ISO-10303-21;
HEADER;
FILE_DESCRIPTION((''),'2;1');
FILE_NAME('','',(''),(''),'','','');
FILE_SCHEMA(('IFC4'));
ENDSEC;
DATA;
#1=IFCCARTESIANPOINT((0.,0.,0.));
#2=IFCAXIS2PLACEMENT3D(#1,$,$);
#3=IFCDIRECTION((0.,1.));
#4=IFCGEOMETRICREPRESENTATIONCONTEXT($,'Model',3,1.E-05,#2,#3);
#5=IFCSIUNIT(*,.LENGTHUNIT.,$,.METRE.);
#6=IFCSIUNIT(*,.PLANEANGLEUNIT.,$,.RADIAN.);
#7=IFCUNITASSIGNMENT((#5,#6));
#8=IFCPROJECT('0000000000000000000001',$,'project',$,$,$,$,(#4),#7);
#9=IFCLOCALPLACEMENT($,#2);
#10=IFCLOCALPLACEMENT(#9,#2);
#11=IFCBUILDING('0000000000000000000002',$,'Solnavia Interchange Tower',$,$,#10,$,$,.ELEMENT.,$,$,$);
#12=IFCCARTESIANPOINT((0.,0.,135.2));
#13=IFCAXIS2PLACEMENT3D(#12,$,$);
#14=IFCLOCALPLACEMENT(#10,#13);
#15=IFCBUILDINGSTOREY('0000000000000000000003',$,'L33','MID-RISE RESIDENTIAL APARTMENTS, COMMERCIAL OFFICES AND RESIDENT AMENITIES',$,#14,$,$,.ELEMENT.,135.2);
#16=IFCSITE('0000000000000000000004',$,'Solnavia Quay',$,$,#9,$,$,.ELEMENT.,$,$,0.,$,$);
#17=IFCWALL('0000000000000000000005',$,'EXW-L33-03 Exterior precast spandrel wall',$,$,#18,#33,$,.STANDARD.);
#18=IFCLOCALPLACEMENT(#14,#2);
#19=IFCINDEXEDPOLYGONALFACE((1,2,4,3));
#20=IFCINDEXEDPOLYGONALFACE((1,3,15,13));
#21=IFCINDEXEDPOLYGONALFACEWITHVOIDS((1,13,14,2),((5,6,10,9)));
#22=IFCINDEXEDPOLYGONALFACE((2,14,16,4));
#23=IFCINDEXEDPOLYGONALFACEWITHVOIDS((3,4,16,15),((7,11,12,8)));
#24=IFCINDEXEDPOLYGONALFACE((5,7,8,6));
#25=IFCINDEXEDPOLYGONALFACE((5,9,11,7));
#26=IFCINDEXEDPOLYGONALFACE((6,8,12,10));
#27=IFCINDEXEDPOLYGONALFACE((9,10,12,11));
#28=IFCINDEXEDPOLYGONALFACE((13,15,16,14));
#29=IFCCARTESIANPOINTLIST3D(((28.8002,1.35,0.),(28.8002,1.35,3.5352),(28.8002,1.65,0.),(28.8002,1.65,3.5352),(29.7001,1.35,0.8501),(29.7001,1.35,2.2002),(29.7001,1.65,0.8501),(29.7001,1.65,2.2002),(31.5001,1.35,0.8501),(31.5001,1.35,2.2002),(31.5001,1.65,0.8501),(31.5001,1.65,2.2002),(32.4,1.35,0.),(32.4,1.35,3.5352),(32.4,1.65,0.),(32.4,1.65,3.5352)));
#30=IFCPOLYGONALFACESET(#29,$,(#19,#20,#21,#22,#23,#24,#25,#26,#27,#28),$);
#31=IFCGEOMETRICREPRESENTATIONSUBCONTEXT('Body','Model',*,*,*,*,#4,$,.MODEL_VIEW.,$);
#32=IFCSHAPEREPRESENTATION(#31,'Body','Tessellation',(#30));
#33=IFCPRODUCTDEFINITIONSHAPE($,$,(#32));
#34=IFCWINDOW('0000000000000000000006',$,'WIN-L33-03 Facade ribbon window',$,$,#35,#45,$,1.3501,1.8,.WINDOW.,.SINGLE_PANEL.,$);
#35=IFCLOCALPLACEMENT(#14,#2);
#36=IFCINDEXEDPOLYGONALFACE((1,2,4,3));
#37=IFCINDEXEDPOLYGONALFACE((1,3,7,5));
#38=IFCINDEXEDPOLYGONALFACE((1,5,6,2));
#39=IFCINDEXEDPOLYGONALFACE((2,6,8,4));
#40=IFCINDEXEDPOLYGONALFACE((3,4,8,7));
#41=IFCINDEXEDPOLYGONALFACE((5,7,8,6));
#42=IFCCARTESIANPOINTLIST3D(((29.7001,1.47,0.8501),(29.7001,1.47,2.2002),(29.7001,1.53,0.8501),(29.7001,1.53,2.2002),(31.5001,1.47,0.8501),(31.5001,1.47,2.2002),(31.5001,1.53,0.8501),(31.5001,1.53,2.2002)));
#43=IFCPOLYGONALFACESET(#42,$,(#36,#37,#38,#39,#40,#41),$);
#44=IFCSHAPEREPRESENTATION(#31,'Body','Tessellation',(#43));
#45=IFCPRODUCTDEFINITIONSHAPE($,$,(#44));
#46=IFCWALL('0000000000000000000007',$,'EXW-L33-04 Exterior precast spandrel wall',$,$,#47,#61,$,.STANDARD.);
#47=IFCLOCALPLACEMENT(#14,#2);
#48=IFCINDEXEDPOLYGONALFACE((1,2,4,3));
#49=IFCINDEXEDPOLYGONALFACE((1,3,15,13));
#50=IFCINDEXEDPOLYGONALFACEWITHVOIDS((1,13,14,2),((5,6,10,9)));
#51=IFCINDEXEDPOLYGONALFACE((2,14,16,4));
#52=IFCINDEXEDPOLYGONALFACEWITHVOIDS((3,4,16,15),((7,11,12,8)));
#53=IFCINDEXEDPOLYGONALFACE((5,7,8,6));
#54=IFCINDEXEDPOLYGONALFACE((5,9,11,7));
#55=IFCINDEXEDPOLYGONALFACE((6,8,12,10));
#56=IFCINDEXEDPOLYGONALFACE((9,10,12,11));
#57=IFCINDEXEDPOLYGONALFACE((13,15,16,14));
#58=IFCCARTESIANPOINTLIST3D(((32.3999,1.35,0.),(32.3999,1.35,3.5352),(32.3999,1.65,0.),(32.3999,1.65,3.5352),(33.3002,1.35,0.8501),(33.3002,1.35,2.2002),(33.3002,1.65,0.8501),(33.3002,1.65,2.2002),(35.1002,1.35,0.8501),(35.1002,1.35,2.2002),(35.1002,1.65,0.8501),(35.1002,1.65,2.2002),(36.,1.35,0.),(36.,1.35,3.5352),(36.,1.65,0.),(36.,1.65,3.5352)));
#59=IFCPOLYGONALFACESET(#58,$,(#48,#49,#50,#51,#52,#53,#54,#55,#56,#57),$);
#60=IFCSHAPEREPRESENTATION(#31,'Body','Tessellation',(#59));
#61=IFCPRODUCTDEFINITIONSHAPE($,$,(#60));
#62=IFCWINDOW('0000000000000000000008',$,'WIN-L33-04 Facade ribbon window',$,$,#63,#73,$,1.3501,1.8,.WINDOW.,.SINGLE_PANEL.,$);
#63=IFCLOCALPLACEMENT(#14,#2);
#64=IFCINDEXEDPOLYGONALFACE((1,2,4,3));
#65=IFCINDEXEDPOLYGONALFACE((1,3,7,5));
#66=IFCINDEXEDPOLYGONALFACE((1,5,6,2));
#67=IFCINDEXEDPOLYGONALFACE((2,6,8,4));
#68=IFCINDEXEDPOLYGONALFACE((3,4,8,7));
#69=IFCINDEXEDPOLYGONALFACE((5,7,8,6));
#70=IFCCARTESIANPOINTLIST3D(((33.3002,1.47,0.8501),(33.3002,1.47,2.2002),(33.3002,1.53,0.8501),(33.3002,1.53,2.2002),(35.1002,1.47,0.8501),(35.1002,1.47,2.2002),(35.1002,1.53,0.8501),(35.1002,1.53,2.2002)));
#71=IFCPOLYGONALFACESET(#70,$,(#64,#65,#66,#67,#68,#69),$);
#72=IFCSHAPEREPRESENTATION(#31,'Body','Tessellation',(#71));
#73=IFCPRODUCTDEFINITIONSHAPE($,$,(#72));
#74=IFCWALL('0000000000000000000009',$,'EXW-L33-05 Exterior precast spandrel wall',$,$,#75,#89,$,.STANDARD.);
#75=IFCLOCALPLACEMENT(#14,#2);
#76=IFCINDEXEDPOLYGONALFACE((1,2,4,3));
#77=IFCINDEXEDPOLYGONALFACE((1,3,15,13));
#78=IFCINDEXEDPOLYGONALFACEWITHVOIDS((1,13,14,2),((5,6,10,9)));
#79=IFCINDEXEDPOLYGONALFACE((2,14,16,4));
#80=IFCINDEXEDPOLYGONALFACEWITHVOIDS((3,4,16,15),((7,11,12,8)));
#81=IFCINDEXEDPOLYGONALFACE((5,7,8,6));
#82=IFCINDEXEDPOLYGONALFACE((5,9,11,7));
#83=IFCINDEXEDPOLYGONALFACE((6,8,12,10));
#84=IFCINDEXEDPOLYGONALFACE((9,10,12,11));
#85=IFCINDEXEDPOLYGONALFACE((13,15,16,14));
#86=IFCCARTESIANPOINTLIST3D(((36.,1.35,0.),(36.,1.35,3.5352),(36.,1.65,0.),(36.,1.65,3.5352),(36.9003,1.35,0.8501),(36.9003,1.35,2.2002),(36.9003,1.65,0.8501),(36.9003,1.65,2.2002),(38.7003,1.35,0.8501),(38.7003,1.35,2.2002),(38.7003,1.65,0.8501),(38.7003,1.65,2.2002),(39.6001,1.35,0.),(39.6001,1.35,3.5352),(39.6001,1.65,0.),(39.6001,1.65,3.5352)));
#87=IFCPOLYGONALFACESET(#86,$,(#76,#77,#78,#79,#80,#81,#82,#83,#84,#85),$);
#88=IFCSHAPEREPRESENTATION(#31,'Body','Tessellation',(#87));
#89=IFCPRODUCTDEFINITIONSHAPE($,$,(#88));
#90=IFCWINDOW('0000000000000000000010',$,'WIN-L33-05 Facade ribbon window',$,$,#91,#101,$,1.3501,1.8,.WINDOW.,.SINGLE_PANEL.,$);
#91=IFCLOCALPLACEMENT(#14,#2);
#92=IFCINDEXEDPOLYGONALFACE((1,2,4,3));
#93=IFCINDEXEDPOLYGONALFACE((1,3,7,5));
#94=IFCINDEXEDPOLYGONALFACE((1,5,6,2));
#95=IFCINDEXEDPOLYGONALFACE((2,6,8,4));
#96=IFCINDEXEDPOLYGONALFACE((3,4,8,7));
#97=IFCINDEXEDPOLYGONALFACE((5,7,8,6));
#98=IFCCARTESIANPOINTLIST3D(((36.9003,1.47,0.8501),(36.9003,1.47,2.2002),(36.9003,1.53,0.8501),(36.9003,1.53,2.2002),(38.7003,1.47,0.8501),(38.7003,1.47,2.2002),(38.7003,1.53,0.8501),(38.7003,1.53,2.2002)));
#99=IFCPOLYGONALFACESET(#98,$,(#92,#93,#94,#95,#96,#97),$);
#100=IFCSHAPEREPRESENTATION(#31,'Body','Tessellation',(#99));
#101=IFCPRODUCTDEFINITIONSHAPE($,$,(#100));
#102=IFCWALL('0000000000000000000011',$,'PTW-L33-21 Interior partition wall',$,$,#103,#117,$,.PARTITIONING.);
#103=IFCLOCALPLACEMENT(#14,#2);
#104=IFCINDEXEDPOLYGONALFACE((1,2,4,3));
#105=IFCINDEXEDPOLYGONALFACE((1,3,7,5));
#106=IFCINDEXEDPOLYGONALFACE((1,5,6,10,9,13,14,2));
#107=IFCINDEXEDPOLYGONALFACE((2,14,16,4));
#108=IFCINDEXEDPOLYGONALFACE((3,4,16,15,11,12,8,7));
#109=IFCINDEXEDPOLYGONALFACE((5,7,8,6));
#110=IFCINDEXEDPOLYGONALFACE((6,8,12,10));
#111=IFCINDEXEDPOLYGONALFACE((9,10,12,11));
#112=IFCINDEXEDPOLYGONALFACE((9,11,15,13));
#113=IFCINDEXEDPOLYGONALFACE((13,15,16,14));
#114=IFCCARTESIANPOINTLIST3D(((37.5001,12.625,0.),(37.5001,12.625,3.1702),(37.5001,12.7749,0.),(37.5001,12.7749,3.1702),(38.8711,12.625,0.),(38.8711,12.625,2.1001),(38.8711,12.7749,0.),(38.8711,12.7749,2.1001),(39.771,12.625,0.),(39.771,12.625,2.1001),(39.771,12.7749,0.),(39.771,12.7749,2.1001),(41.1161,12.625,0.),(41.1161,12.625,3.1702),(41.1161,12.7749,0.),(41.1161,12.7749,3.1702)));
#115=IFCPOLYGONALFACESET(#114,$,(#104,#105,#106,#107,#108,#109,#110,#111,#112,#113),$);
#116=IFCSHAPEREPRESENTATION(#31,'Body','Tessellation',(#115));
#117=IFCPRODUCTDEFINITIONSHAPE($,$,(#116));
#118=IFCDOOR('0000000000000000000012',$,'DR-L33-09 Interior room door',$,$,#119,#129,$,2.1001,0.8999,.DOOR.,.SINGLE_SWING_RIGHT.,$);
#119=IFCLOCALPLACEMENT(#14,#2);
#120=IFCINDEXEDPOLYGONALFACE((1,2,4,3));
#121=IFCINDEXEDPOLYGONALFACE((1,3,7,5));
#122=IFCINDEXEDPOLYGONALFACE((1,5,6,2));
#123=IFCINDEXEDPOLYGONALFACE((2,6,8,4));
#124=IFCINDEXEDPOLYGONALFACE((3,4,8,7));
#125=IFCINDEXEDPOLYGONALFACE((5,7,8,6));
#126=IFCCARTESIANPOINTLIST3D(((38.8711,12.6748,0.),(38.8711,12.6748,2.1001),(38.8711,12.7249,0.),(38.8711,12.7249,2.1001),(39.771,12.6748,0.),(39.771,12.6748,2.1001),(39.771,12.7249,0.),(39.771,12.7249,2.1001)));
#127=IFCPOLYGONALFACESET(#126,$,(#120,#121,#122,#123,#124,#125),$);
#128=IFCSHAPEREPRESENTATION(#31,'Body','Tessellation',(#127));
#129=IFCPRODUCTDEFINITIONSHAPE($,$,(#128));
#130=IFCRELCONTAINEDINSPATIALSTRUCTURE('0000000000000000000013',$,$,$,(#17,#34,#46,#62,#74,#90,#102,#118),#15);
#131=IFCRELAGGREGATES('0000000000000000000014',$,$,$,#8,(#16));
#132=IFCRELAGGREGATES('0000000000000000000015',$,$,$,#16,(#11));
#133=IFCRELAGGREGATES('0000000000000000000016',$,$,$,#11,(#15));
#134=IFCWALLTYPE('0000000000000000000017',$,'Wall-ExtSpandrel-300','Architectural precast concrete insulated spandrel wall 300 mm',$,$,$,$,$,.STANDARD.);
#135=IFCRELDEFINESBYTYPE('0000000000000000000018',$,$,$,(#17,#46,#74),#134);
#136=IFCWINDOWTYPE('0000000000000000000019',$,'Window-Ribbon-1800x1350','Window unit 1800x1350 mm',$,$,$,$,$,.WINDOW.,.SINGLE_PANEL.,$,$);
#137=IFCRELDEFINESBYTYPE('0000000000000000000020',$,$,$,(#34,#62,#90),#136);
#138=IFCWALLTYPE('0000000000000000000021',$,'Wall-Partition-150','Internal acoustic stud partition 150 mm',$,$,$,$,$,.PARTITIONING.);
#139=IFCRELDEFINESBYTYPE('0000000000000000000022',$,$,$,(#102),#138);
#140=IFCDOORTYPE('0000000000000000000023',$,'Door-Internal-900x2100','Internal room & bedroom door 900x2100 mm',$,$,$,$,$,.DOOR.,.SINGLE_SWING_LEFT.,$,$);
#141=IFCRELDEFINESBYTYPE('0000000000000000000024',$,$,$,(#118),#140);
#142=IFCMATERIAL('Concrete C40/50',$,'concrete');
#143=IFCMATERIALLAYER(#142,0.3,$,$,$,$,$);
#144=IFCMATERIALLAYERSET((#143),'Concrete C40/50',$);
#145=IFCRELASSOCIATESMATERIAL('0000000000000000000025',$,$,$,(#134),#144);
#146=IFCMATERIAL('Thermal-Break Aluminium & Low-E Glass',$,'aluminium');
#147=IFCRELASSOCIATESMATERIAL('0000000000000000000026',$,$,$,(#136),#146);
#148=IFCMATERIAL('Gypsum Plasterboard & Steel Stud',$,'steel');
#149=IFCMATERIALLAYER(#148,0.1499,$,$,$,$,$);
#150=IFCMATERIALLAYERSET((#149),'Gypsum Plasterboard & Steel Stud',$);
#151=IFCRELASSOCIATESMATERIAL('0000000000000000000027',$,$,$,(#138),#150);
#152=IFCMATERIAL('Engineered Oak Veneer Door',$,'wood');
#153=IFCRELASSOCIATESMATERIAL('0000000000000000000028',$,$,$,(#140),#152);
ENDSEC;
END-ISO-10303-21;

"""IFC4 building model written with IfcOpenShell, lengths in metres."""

from ifc_helpers import new_model, si_unit, direction, frame, frame_2d, origin, place, context, subcontext, project, spatial, rectangle, extrude, material, layer, layer_set, type_object, element, fill, save


model = new_model("IFC4")

# Units and contexts
model_context = context("Model", 3, precision=1e-05, world=origin(), true_north=direction((0.0, 1.0)))
body_context = subcontext(model_context, "Body", "Model", "MODEL_VIEW")
ifc_project = project(units=[si_unit("LENGTHUNIT", "METRE"), si_unit("PLANEANGLEUNIT", "RADIAN")], contexts=[model_context])

# Site, building, storey
site_placement = place(None, origin())
site = spatial("IfcSite", under=ifc_project, at=site_placement, Name="Solnavia Quay", CompositionType="ELEMENT", RefElevation=0.0)
building_placement = place(site_placement, origin())
building = spatial("IfcBuilding", under=site, at=building_placement, Name="Solnavia Interchange Tower", CompositionType="ELEMENT")
storey_placement = place(building_placement, frame((0.0, 0.0, 135.2)))
storey = spatial("IfcBuildingStorey", under=building, at=storey_placement, Name="L33", Description="MID-RISE RESIDENTIAL APARTMENTS, COMMERCIAL OFFICES AND RESIDENT AMENITIES", CompositionType="ELEMENT", Elevation=135.2)

# Walls, openings, windows
ifc_material_1 = material(Name="Concrete C40/50", Category="concrete")
ifc_layer_1 = layer(ifc_material_1, 0.3)
ifc_layer_set_1 = layer_set([ifc_layer_1], Name="Concrete C40/50")
wall_type_1 = type_object("IfcWallType", Name="Wall-ExtSpandrel-300", Description="Architectural precast concrete insulated spandrel wall 300 mm", PredefinedType="STANDARD", material=ifc_layer_set_1)
wall_1_placement = place(storey_placement, frame((32.3999, 1.5, 0.0), z_axis=(0.0, 0.0, 1.0), x_axis=(-1.0, 0.0, 0.0)))
wall_1 = element("IfcWall", 1, at=wall_1_placement, inside=storey, type_object=wall_type_1, Name="EXW-L33-03 Exterior precast spandrel wall", PredefinedType="STANDARD", context=body_context, shape_type="SweptSolid", body=[
    extrude(rectangle(XDim=3.5999, YDim=0.3, at=frame_2d((1.7998, 0.0))), origin(), (0.0, 0.0, 1.0), 3.5352),
])
opening_1_placement = place(wall_1_placement, frame((0.8999, 0.0, 0.8501)))
opening_1 = element("IfcOpeningElement", 2, at=opening_1_placement, cuts=wall_1, PredefinedType="OPENING", context=body_context, shape_type="SweptSolid", body=[
    extrude(rectangle(XDim=1.8, YDim=1.3501, at=frame_2d((0.8999, 0.675))), frame((0.0, 0.1602, 0.0), z_axis=(0.0, -1.0, 0.0), x_axis=(1.0, 0.0, 0.0)), (0.0, 0.0, 1.0), 0.3201),
])
ifc_material_2 = material(Name="Thermal-Break Aluminium & Low-E Glass", Category="aluminium")
window_type = type_object("IfcWindowType", Name="Window-Ribbon-1800x1350", Description="Window unit 1800x1350 mm", PartitioningType="SINGLE_PANEL", PredefinedType="WINDOW", material=ifc_material_2)
window_1_placement = place(opening_1_placement, origin())
window_1 = element("IfcWindow", 3, at=window_1_placement, inside=storey, type_object=window_type, Name="WIN-L33-03 Facade ribbon window", OverallHeight=1.3501, OverallWidth=1.8, PartitioningType="SINGLE_PANEL", PredefinedType="WINDOW", context=body_context, shape_type="SweptSolid", body=[
    extrude(rectangle(XDim=1.8, YDim=1.3501, at=frame_2d((0.8999, 0.675))), frame((0.0, 0.03, 0.0), z_axis=(0.0, -1.0, 0.0), x_axis=(1.0, 0.0, 0.0)), (0.0, 0.0, 1.0), 0.0601),
])
fill(opening_1, window_1)
wall_2_placement = place(storey_placement, frame((36.0, 1.5, 0.0), z_axis=(0.0, 0.0, 1.0), x_axis=(-1.0, 0.0, 0.0)))
wall_2 = element("IfcWall", 4, at=wall_2_placement, inside=storey, type_object=wall_type_1, Name="EXW-L33-04 Exterior precast spandrel wall", PredefinedType="STANDARD", context=body_context, shape_type="SweptSolid", body=[
    extrude(rectangle(XDim=3.6001, YDim=0.3, at=frame_2d((1.8, 0.0))), origin(), (0.0, 0.0, 1.0), 3.5352),
])
opening_2_placement = place(wall_2_placement, frame((0.8999, 0.0, 0.8501)))
opening_2 = element("IfcOpeningElement", 5, at=opening_2_placement, cuts=wall_2, PredefinedType="OPENING", context=body_context, shape_type="SweptSolid", body=[
    extrude(rectangle(XDim=1.8, YDim=1.3501, at=frame_2d((0.8999, 0.675))), frame((0.0, 0.1602, 0.0), z_axis=(0.0, -1.0, 0.0), x_axis=(1.0, 0.0, 0.0)), (0.0, 0.0, 1.0), 0.3201),
])
window_2_placement = place(opening_2_placement, origin())
window_2 = element("IfcWindow", 6, at=window_2_placement, inside=storey, type_object=window_type, Name="WIN-L33-04 Facade ribbon window", OverallHeight=1.3501, OverallWidth=1.8, PartitioningType="SINGLE_PANEL", PredefinedType="WINDOW", context=body_context, shape_type="SweptSolid", body=[
    extrude(rectangle(XDim=1.8, YDim=1.3501, at=frame_2d((0.8999, 0.675))), frame((0.0, 0.03, 0.0), z_axis=(0.0, -1.0, 0.0), x_axis=(1.0, 0.0, 0.0)), (0.0, 0.0, 1.0), 0.0601),
])
fill(opening_2, window_2)
wall_3_placement = place(storey_placement, frame((39.6001, 1.5, 0.0), z_axis=(0.0, 0.0, 1.0), x_axis=(-1.0, 0.0, 0.0)))
wall_3 = element("IfcWall", 7, at=wall_3_placement, inside=storey, type_object=wall_type_1, Name="EXW-L33-05 Exterior precast spandrel wall", PredefinedType="STANDARD", context=body_context, shape_type="SweptSolid", body=[
    extrude(rectangle(XDim=3.6001, YDim=0.3, at=frame_2d((1.8, 0.0))), origin(), (0.0, 0.0, 1.0), 3.5352),
])
opening_3_placement = place(wall_3_placement, frame((0.8999, 0.0, 0.8501)))
opening_3 = element("IfcOpeningElement", 8, at=opening_3_placement, cuts=wall_3, PredefinedType="OPENING", context=body_context, shape_type="SweptSolid", body=[
    extrude(rectangle(XDim=1.8, YDim=1.3501, at=frame_2d((0.8999, 0.675))), frame((0.0, 0.1602, 0.0), z_axis=(0.0, -1.0, 0.0), x_axis=(1.0, 0.0, 0.0)), (0.0, 0.0, 1.0), 0.3201),
])
window_3_placement = place(opening_3_placement, origin())
window_3 = element("IfcWindow", 9, at=window_3_placement, inside=storey, type_object=window_type, Name="WIN-L33-05 Facade ribbon window", OverallHeight=1.3501, OverallWidth=1.8, PartitioningType="SINGLE_PANEL", PredefinedType="WINDOW", context=body_context, shape_type="SweptSolid", body=[
    extrude(rectangle(XDim=1.8, YDim=1.3501, at=frame_2d((0.8999, 0.675))), frame((0.0, 0.03, 0.0), z_axis=(0.0, -1.0, 0.0), x_axis=(1.0, 0.0, 0.0)), (0.0, 0.0, 1.0), 0.0601),
])
fill(opening_3, window_3)

# Wall, opening, door
ifc_material_3 = material(Name="Gypsum Plasterboard & Steel Stud", Category="steel")
ifc_layer_2 = layer(ifc_material_3, 0.1499)
ifc_layer_set_2 = layer_set([ifc_layer_2], Name="Gypsum Plasterboard & Steel Stud")
wall_type_2 = type_object("IfcWallType", Name="Wall-Partition-150", Description="Internal acoustic stud partition 150 mm", PredefinedType="PARTITIONING", material=ifc_layer_set_2)
wall_4_placement = place(storey_placement, frame((37.5, 12.7, 0.0), z_axis=(0.0, 0.0, 1.0), x_axis=(1.0, 0.0, 0.0)))
wall_4 = element("IfcWall", 10, at=wall_4_placement, inside=storey, type_object=wall_type_2, Name="PTW-L33-21 Interior partition wall", PredefinedType="PARTITIONING", context=body_context, shape_type="SweptSolid", body=[
    extrude(rectangle(XDim=3.616, YDim=0.1499, at=frame_2d((1.8081, 0.0))), origin(), (0.0, 0.0, 1.0), 3.1702),
])
opening_4_placement = place(wall_4_placement, frame((1.3711, 0.0, 0.0)))
opening_4 = element("IfcOpeningElement", 11, at=opening_4_placement, cuts=wall_4, PredefinedType="OPENING", context=body_context, shape_type="SweptSolid", body=[
    extrude(rectangle(XDim=0.8999, YDim=2.1001, at=frame_2d((0.45, 1.05))), frame((0.0, 0.085, 0.0), z_axis=(0.0, -1.0, 0.0), x_axis=(1.0, 0.0, 0.0)), (0.0, 0.0, 1.0), 0.1699),
])
ifc_material_4 = material(Name="Engineered Oak Veneer Door", Category="wood")
door_type_1 = type_object("IfcDoorType", Name="Door-Internal-900x2100", Description="Internal room & bedroom door 900x2100 mm", OperationType="SINGLE_SWING_LEFT", PredefinedType="DOOR", material=ifc_material_4)
door_1_placement = place(opening_4_placement, origin())
door_1 = element("IfcDoor", 12, at=door_1_placement, inside=storey, type_object=door_type_1, Name="DR-L33-09 Interior room door", OperationType="SINGLE_SWING_RIGHT", OverallHeight=2.1001, OverallWidth=0.8999, PredefinedType="DOOR", context=body_context, shape_type="SweptSolid", body=[
    extrude(rectangle(XDim=0.8999, YDim=2.1001, at=frame_2d((0.45, 1.05))), frame((0.0, 0.0249, 0.0), z_axis=(0.0, -1.0, 0.0), x_axis=(1.0, 0.0, 0.0)), (0.0, 0.0, 1.0), 0.05),
])
fill(opening_4, door_1)

save(model, "model.ifc")
